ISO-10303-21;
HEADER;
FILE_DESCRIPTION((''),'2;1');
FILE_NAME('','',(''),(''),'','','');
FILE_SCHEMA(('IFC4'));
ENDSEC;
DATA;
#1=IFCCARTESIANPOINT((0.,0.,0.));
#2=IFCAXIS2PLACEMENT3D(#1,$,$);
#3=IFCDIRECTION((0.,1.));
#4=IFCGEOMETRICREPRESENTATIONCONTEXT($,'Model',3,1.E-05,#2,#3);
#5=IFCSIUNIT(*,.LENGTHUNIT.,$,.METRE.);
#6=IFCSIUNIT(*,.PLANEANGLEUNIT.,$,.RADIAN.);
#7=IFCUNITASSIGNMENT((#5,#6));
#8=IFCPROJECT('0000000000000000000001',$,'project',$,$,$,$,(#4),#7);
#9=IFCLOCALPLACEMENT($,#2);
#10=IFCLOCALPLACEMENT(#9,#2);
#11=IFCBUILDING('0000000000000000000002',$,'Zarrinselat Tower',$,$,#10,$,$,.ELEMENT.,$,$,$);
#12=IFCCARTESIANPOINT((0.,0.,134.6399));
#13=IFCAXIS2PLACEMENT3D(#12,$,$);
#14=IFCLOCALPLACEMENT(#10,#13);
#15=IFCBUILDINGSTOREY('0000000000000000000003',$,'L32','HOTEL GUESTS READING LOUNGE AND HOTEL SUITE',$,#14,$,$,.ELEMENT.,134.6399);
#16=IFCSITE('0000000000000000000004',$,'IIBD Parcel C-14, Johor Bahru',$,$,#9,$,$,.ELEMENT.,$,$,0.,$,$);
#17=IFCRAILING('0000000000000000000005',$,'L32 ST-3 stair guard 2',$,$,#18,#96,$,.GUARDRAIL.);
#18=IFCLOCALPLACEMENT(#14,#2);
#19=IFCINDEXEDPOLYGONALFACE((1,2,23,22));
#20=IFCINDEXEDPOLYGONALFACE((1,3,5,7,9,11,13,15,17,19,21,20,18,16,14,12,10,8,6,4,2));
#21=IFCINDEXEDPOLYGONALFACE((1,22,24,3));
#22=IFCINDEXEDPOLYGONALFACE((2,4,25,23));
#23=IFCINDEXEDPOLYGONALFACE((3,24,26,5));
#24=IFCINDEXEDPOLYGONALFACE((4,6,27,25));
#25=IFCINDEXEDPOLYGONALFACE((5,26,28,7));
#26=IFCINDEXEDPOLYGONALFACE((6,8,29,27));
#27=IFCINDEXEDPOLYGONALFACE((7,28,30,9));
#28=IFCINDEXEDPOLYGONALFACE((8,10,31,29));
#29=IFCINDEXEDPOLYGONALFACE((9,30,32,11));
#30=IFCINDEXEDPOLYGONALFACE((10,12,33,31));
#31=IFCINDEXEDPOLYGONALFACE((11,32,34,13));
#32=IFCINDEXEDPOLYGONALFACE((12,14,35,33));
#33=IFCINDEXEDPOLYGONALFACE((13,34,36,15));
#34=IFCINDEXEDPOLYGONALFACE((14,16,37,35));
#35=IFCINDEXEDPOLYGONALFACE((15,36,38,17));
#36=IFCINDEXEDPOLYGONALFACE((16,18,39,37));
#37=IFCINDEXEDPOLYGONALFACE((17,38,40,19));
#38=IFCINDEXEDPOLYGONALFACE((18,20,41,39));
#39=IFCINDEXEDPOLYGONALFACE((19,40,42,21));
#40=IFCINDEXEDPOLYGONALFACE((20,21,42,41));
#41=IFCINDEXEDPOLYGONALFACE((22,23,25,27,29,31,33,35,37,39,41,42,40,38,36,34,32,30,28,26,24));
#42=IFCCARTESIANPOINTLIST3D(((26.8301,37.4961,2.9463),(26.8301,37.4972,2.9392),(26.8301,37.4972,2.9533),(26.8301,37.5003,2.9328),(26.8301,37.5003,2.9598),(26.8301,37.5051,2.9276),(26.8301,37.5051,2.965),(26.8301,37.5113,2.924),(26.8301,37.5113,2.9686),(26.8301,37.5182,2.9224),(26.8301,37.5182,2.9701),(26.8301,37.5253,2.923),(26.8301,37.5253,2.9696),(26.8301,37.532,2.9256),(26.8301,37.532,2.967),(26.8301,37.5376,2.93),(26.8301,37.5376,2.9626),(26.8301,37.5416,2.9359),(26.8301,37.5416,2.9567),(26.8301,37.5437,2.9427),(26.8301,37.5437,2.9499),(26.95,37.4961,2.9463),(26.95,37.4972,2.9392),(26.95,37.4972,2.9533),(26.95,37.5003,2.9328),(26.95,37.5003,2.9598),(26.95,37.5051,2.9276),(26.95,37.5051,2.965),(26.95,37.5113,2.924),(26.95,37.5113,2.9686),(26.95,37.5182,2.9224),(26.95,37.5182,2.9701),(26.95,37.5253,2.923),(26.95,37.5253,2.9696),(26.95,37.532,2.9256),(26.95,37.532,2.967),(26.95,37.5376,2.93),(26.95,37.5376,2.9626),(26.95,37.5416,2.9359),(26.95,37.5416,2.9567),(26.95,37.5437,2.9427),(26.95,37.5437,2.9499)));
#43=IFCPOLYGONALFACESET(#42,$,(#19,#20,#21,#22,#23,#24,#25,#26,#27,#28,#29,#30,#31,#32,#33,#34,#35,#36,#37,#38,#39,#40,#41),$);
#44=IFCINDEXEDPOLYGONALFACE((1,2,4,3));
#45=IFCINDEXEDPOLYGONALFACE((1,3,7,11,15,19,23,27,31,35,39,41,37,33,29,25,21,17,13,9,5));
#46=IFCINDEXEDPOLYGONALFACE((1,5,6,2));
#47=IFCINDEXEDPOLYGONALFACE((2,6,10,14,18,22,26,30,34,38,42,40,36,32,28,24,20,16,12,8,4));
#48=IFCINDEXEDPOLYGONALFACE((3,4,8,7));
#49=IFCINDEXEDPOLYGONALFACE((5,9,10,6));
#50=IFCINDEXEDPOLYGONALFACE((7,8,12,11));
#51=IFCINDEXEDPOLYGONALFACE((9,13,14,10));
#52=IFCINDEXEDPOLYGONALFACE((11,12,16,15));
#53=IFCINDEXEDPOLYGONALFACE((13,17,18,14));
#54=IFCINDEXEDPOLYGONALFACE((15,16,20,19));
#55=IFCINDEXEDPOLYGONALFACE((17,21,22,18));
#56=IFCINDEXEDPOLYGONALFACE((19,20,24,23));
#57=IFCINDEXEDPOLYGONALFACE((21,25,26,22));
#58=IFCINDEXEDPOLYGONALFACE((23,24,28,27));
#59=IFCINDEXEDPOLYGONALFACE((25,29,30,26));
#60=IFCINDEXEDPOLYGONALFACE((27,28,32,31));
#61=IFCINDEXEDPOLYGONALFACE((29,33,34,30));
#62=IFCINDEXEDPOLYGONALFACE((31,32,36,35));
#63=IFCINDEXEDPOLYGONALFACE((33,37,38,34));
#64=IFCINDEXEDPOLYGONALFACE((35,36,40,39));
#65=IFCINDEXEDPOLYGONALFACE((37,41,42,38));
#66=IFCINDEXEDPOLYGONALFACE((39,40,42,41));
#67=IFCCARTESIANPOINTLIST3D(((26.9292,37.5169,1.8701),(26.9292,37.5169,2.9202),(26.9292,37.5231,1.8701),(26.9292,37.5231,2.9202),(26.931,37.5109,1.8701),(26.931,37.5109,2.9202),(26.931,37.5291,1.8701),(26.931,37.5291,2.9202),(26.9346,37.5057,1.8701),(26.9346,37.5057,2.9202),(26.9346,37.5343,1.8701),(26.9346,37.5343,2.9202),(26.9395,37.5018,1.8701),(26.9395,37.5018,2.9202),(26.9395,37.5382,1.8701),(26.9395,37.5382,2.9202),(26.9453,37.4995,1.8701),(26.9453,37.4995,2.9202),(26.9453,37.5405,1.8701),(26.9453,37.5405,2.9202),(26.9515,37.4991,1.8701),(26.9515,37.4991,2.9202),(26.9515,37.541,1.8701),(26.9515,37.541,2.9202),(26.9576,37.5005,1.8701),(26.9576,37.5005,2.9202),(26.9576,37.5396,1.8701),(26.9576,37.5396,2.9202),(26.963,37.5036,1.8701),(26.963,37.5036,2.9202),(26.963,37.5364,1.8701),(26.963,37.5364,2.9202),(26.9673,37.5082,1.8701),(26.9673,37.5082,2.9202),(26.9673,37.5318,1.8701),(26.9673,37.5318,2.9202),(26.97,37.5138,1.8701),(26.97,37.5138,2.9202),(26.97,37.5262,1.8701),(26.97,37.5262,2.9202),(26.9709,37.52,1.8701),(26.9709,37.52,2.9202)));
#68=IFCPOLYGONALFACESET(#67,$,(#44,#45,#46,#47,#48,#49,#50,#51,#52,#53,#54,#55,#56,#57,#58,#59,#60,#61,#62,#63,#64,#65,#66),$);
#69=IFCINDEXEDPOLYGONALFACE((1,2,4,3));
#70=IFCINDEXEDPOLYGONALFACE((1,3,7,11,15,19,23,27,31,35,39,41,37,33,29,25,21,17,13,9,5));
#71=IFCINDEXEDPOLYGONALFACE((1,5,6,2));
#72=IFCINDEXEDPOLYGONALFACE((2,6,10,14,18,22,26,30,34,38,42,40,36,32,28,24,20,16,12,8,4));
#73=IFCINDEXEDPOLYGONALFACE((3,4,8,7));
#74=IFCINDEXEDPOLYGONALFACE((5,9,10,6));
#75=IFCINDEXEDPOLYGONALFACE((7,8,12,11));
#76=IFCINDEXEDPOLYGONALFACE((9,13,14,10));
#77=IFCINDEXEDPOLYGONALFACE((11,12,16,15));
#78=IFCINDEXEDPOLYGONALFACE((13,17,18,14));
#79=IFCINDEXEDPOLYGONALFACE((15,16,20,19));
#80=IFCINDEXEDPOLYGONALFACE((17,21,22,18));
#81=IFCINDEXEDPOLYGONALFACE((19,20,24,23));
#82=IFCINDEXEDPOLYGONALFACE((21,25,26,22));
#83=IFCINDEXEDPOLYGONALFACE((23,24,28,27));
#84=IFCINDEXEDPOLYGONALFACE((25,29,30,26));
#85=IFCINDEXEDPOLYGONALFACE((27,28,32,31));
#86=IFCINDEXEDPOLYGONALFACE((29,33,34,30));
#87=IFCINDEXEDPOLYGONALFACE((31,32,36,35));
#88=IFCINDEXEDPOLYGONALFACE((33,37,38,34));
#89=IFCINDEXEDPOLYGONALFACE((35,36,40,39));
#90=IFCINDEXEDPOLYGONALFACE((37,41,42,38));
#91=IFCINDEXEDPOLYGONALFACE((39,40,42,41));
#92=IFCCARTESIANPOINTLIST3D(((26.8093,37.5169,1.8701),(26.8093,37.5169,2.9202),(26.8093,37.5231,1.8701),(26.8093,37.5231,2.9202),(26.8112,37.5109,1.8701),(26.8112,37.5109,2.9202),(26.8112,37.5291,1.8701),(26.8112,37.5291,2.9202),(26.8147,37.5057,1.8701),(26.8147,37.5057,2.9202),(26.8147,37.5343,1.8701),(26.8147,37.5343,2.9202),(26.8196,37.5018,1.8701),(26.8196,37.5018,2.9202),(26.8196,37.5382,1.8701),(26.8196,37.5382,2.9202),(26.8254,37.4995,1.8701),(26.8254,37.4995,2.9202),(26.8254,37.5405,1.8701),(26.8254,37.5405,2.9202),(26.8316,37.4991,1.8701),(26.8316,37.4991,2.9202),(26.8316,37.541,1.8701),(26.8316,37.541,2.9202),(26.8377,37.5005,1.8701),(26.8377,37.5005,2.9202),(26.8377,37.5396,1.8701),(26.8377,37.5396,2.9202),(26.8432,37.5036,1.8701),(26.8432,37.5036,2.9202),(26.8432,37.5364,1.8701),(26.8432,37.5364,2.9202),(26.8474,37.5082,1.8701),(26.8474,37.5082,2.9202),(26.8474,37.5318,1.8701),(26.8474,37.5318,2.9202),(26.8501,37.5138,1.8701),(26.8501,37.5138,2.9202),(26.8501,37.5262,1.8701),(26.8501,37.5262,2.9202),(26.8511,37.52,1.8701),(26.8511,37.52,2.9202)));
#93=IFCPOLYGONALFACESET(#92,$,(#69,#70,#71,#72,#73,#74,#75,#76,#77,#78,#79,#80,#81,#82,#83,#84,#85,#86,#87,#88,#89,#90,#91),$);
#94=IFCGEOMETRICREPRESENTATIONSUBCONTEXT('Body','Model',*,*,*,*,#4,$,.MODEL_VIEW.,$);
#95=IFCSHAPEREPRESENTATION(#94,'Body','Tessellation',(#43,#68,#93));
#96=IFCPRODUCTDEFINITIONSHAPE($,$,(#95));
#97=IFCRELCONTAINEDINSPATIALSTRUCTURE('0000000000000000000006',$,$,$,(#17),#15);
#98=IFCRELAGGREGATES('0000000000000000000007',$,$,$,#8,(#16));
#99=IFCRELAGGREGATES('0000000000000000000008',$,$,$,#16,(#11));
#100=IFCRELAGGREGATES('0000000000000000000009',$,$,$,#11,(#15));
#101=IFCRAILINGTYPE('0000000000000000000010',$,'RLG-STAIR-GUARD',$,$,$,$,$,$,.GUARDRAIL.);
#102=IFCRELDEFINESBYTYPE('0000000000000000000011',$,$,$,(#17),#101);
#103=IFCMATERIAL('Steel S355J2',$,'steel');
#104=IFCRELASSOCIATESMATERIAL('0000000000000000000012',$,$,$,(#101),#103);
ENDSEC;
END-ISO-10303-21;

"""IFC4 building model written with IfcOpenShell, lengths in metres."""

from ifc_helpers import new_model, si_unit, direction, frame, origin, origin_2d, place, context, subcontext, project, spatial, circle, extrude, material, type_object, element, save


model = new_model("IFC4")

# Units and contexts
model_context = context("Model", 3, precision=1e-05, world=origin(), true_north=direction((0.0, 1.0)))
body_context = subcontext(model_context, "Body", "Model", "MODEL_VIEW")
ifc_project = project(units=[si_unit("LENGTHUNIT", "METRE"), si_unit("PLANEANGLEUNIT", "RADIAN")], contexts=[model_context])

# Site, building, storey
site_placement = place(None, origin())
site = spatial("IfcSite", under=ifc_project, at=site_placement, Name="IIBD Parcel C-14, Johor Bahru", CompositionType="ELEMENT", RefElevation=0.0)
building_placement = place(site_placement, origin())
building = spatial("IfcBuilding", under=site, at=building_placement, Name="Zarrinselat Tower", CompositionType="ELEMENT")
storey_placement = place(building_placement, frame((0.0, 0.0, 134.6399)))
storey = spatial("IfcBuildingStorey", under=building, at=storey_placement, Name="L32", Description="HOTEL GUESTS READING LOUNGE AND HOTEL SUITE", CompositionType="ELEMENT", Elevation=134.6399)

# Railing
ifc_material_1 = material(Name="Steel S355J2", Category="steel")
railing_type_1 = type_object("IfcRailingType", Name="RLG-STAIR-GUARD", PredefinedType="GUARDRAIL", material=ifc_material_1)
railing_1_placement = place(storey_placement, frame((26.95, 37.52, 1.8701)))
element("IfcRailing", 1, at=railing_1_placement, inside=storey, type_object=railing_type_1, Name="L32 ST-3 stair guard 2", PredefinedType="GUARDRAIL", context=body_context, shape_type="SweptSolid", body=[
    extrude(circle(Radius=0.0239, at=origin_2d()), frame((0.0, 0.0, 1.0762), z_axis=(-1.0, 0.0, 0.0), x_axis=(0.0, -1.0, 0.0)), (0.0, 0.0, 1.0), 0.1199),
    extrude(circle(Radius=0.021, at=origin_2d()), origin(), (0.0, 0.0, 1.0), 1.05),
    extrude(circle(Radius=0.021, at=origin_2d()), frame((-0.1199, 0.0, 0.0)), (0.0, 0.0, 1.0), 1.05),
])

save(model, "model.ifc")
